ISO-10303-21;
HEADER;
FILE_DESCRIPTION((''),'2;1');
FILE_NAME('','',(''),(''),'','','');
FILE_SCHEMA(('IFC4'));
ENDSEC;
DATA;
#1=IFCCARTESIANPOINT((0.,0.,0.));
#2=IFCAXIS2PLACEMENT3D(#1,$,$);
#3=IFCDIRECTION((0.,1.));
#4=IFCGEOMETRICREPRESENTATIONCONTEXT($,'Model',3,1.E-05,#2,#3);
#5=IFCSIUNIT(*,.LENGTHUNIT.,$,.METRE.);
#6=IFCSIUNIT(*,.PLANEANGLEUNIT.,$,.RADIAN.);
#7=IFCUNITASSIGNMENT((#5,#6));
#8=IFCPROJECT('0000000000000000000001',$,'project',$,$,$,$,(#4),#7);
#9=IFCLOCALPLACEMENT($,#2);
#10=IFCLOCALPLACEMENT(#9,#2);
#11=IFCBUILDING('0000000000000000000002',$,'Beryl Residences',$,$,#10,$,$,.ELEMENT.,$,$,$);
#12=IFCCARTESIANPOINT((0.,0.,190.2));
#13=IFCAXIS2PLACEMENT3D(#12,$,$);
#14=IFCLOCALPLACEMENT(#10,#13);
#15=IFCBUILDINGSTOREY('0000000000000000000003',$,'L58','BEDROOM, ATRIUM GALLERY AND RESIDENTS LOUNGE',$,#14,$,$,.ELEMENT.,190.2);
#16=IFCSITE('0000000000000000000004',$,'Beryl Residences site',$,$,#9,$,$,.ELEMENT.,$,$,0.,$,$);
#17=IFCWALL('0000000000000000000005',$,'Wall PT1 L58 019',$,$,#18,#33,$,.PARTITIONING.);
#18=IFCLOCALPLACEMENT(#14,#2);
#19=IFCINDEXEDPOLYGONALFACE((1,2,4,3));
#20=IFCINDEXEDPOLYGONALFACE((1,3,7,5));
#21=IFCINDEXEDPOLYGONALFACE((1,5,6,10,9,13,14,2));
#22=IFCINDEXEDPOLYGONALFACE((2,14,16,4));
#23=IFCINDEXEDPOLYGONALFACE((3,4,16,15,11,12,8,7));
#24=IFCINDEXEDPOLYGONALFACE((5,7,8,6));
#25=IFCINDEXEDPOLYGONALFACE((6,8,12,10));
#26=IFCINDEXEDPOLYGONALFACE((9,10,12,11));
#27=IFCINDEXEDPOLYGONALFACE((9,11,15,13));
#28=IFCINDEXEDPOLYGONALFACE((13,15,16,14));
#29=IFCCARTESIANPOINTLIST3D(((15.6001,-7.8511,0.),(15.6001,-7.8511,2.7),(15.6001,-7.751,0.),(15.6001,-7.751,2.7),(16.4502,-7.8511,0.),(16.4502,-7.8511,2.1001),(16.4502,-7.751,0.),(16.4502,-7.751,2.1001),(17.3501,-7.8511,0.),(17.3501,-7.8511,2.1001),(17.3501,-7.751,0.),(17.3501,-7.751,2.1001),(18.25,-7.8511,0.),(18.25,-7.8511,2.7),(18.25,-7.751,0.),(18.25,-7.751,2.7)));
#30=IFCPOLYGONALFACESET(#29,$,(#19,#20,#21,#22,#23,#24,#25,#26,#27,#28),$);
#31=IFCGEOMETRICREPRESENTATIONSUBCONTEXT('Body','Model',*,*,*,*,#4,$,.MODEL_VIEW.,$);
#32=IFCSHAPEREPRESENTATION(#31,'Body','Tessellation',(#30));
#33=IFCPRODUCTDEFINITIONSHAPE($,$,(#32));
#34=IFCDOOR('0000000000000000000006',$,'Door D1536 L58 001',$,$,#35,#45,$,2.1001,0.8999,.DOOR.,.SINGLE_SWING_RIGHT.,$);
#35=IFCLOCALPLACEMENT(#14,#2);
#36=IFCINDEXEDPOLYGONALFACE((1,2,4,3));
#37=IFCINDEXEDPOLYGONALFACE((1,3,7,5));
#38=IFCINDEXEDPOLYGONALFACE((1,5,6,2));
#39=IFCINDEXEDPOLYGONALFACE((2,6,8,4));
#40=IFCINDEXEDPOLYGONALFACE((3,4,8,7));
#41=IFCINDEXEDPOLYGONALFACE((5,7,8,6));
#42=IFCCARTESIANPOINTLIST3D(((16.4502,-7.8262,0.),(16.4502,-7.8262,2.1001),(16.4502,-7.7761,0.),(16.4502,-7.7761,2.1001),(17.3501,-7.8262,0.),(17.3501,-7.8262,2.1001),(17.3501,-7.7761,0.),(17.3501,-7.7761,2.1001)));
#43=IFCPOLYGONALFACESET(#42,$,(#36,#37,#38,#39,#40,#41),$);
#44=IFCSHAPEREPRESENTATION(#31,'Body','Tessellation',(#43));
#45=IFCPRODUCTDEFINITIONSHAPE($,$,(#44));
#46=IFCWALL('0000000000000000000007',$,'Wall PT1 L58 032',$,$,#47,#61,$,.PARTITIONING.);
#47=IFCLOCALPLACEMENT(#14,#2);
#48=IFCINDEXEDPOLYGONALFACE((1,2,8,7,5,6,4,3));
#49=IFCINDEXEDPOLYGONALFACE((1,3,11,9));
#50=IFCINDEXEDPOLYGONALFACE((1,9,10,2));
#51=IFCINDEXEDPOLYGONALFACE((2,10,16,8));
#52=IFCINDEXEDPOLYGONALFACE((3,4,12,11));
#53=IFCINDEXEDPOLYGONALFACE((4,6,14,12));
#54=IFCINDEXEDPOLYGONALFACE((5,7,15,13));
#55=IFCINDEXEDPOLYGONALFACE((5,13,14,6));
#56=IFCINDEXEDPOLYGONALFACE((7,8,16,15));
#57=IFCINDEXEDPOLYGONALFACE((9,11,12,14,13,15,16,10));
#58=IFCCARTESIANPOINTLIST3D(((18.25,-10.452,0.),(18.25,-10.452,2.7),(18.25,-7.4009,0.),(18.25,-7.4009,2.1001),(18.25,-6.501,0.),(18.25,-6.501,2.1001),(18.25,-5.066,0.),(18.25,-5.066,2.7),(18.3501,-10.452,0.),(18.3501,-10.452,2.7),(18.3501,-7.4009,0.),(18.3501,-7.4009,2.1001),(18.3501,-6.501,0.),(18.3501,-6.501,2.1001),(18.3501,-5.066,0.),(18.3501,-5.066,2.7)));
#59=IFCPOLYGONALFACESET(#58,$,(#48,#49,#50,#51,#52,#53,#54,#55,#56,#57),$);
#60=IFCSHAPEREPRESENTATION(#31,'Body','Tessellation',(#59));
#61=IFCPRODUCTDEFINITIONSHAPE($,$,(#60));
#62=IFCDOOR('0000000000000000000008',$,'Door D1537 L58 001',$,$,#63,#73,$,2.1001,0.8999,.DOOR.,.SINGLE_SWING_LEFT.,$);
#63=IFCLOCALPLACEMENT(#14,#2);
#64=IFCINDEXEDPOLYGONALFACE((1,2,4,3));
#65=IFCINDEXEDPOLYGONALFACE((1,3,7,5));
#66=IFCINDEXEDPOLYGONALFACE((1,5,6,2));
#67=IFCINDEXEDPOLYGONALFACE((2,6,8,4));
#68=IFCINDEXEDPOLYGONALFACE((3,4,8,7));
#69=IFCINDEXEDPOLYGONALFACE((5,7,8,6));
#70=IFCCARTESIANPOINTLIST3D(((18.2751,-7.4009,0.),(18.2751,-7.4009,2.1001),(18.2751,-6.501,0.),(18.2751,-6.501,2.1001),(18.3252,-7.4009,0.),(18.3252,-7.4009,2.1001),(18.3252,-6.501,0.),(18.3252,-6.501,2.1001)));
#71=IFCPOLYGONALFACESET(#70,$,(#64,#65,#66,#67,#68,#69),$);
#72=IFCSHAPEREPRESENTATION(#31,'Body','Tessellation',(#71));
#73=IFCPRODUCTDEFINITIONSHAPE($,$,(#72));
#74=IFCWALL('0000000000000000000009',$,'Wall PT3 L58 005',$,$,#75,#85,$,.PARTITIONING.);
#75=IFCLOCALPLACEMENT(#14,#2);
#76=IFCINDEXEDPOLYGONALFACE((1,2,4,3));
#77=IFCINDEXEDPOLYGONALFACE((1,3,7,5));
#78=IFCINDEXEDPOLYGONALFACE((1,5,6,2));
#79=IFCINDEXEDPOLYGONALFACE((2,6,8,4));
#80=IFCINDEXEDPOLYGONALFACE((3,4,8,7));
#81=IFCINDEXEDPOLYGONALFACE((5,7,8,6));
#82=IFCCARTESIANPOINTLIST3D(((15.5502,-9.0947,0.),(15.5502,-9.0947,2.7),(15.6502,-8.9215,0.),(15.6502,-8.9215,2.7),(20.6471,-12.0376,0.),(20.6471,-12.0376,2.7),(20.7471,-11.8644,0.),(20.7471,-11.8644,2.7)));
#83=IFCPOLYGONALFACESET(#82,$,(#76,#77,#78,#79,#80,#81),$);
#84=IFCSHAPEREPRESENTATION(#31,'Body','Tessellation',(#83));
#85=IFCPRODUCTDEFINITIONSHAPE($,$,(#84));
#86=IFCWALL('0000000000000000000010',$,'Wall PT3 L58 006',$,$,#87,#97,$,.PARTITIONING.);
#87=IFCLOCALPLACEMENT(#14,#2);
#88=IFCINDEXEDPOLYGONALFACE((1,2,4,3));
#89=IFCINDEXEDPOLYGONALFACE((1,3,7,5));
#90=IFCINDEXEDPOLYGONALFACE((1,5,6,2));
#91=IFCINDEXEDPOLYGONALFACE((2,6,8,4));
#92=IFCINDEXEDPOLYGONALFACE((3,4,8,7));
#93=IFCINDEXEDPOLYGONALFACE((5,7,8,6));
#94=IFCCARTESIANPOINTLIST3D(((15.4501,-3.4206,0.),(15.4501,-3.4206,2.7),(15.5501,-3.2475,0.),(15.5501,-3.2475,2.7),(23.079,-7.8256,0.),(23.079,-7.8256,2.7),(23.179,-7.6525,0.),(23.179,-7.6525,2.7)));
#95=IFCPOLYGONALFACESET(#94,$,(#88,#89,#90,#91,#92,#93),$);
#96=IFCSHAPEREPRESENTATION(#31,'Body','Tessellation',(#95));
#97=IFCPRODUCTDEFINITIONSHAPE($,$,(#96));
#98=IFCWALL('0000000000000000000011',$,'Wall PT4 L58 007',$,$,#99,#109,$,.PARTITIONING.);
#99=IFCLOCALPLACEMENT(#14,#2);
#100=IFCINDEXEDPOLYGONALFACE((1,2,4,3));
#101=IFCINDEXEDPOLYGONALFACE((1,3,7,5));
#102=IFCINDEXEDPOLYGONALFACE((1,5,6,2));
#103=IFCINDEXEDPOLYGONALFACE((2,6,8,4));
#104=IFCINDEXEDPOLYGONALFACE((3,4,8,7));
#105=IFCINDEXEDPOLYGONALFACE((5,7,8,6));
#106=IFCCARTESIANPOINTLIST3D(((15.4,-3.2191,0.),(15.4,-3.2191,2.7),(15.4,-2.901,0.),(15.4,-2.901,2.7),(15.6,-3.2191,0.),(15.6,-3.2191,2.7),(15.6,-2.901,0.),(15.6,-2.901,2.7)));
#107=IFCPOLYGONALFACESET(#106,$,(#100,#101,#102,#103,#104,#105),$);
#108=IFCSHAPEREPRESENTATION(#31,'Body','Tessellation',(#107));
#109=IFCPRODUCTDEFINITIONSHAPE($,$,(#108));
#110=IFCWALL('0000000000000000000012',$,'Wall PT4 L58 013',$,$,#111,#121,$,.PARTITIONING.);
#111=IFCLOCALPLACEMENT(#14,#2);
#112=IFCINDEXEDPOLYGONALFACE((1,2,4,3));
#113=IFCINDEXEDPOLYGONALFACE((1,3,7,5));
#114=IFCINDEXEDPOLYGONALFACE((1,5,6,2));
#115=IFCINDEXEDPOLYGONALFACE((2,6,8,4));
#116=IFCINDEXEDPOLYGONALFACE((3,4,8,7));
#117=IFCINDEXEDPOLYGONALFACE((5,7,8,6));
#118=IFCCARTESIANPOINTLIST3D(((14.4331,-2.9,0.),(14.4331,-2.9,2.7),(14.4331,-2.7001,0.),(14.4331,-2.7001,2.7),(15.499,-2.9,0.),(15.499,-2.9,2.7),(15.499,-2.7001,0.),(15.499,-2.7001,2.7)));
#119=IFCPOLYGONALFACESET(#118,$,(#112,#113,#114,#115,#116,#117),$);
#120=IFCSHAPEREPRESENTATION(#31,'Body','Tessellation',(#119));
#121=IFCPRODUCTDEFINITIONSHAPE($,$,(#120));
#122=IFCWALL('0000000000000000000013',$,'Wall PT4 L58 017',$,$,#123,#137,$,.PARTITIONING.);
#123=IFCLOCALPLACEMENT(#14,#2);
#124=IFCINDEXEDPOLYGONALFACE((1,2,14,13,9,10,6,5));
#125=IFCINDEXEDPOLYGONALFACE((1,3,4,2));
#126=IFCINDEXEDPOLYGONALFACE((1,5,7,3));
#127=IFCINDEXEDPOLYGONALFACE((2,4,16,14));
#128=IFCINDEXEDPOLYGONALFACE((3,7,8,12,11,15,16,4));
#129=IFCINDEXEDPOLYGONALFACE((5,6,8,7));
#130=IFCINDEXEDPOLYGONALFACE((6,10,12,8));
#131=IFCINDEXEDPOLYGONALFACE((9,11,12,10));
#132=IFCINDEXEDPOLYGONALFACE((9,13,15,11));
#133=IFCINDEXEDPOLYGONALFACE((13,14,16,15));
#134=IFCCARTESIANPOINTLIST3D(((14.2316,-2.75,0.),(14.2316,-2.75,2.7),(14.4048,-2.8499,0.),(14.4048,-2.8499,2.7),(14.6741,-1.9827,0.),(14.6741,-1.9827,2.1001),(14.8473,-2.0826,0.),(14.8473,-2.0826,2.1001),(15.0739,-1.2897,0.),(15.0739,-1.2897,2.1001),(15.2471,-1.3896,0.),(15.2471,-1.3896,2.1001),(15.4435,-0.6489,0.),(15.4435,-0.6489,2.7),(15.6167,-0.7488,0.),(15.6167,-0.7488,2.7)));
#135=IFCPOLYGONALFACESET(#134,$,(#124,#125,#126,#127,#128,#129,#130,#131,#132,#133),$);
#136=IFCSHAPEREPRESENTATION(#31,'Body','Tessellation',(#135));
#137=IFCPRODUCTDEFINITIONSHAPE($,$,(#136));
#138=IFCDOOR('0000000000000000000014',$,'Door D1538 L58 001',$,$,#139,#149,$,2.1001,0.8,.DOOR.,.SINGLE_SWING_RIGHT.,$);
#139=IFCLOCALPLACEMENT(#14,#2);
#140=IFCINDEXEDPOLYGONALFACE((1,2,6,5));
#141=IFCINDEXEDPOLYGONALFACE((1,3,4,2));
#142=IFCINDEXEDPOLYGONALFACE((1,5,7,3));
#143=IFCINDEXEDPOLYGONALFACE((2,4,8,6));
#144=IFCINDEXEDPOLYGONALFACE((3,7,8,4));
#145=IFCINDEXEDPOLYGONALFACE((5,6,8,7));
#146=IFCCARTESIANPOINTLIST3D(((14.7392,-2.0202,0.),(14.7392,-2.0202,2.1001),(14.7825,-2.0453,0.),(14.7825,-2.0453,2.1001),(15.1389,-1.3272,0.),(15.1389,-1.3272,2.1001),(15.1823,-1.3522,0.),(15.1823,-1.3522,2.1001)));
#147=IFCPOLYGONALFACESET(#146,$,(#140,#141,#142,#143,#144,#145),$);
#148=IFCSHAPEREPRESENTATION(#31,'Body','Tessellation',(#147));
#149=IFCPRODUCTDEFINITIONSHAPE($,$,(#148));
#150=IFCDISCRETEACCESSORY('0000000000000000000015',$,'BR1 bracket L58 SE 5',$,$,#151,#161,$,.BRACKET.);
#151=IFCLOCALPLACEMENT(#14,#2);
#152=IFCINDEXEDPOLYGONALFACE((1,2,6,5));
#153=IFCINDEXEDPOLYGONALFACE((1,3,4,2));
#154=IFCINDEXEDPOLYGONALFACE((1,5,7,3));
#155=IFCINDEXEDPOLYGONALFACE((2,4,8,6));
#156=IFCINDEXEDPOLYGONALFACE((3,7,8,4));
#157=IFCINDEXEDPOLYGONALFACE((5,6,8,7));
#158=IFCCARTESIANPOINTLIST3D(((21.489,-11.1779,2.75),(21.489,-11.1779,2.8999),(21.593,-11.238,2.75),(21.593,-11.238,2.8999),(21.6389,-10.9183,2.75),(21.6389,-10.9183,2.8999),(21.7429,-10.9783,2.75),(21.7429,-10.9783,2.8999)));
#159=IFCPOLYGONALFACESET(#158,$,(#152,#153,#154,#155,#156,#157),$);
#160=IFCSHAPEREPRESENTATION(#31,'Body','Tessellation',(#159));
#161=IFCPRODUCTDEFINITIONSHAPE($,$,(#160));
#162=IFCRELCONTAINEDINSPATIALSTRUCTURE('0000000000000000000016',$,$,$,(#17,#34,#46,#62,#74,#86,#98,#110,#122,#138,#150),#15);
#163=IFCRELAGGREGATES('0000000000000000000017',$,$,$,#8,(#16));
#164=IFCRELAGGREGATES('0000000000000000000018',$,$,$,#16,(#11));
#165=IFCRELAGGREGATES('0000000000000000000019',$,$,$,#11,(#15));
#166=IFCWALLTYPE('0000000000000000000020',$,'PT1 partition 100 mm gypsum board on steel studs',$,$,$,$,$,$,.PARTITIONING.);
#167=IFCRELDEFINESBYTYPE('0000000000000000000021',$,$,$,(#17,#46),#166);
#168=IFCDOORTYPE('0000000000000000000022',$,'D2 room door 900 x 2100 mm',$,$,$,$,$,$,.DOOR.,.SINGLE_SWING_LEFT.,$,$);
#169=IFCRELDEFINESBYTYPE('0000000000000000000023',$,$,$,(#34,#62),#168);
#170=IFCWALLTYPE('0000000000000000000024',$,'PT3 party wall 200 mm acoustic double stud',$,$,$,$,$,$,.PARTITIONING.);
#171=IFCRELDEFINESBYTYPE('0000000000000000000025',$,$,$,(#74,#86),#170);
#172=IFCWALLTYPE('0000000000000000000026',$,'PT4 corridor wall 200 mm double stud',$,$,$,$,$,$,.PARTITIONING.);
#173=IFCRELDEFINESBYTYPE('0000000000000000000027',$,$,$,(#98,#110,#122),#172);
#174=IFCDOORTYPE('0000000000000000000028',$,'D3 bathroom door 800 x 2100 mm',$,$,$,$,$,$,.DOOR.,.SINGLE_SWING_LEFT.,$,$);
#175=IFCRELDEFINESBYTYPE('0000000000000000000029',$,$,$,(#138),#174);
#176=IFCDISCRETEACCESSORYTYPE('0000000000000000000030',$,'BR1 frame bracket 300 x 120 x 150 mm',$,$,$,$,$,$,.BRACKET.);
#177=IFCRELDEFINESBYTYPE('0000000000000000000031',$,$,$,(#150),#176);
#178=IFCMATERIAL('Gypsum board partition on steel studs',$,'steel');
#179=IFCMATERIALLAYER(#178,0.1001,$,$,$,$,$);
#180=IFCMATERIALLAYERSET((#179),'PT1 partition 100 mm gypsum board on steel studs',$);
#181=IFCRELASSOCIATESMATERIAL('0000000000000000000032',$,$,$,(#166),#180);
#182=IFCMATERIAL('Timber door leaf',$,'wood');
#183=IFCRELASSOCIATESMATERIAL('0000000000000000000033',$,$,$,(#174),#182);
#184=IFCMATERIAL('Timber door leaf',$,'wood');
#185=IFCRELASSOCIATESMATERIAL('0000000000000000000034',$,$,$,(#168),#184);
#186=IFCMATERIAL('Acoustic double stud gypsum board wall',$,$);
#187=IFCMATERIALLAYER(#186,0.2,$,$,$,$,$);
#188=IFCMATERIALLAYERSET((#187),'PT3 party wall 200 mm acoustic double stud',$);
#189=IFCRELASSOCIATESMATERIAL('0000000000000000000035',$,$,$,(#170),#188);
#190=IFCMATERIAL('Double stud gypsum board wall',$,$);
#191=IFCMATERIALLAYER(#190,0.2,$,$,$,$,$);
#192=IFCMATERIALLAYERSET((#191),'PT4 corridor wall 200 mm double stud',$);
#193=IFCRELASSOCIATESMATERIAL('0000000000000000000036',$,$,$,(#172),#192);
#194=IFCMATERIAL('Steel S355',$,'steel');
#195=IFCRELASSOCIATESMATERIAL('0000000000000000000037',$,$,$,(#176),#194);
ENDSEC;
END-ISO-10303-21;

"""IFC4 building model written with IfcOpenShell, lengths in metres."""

from ifc_helpers import new_model, si_unit, direction, frame, frame_2d, origin, place, context, subcontext, project, spatial, polyline, rectangle, outline, extrude, source, transform, mapped, material, layer, layer_set, type_object, type_shapes, element, fill, save


model = new_model("IFC4")

# Units and contexts
model_context = context("Model", 3, precision=1e-05, world=origin(), true_north=direction((0.0, 1.0)))
body_context = subcontext(model_context, "Body", "Model", "MODEL_VIEW")
ifc_project = project(units=[si_unit("LENGTHUNIT", "METRE"), si_unit("PLANEANGLEUNIT", "RADIAN")], contexts=[model_context])

# Site, building, storey
site_placement = place(None, origin())
site = spatial("IfcSite", under=ifc_project, at=site_placement, Name="Beryl Residences site", CompositionType="ELEMENT", RefElevation=0.0)
building_placement = place(site_placement, origin())
building = spatial("IfcBuilding", under=site, at=building_placement, Name="Beryl Residences", CompositionType="ELEMENT")
storey_placement = place(building_placement, frame((0.0, 0.0, 190.2)))
storey = spatial("IfcBuildingStorey", under=building, at=storey_placement, Name="L58", Description="BEDROOM, ATRIUM GALLERY AND RESIDENTS LOUNGE", CompositionType="ELEMENT", Elevation=190.2)

# Walls, openings, doors
ifc_material_1 = material(Name="Gypsum board partition on steel studs", Category="steel")
ifc_layer_1 = layer(ifc_material_1, 0.1001)
ifc_layer_set_1 = layer_set([ifc_layer_1], Name="PT1 partition 100 mm gypsum board on steel studs")
wall_type_1 = type_object("IfcWallType", Name="PT1 partition 100 mm gypsum board on steel studs", PredefinedType="PARTITIONING", material=ifc_layer_set_1)
ifc_material_2 = material(Name="Timber door leaf", Category="wood")
door_type_1 = type_object("IfcDoorType", Name="D3 bathroom door 800 x 2100 mm", OperationType="SINGLE_SWING_LEFT", PredefinedType="DOOR", material=ifc_material_2)
wall_1_placement = place(storey_placement, frame((15.6001, -7.801, 0.0), z_axis=(0.0, 0.0, 1.0), x_axis=(1.0, 0.0, 0.0)))
wall_1 = element("IfcWall", 1, at=wall_1_placement, inside=storey, type_object=wall_type_1, Name="Wall PT1 L58 019", PredefinedType="PARTITIONING", context=body_context, shape_type="SweptSolid", body=[
    extrude(rectangle(XDim=2.6499, YDim=0.1001, at=frame_2d((1.325, 0.0))), origin(), (0.0, 0.0, 1.0), 2.7),
])
opening_1_placement = place(wall_1_placement, frame((0.8501, 0.0, 0.0)))
opening_1 = element("IfcOpeningElement", 2, at=opening_1_placement, cuts=wall_1, PredefinedType="OPENING", context=body_context, shape_type="SweptSolid", body=[
    extrude(rectangle(XDim=0.8999, YDim=2.1001, at=frame_2d((0.45, 1.05))), frame((0.0, 0.0601, 0.0), z_axis=(0.0, -1.0, 0.0), x_axis=(1.0, 0.0, 0.0)), (0.0, 0.0, 1.0), 0.1201),
])
ifc_material_3 = material(Name="Timber door leaf", Category="wood")
door_type_2 = type_object("IfcDoorType", Name="D2 room door 900 x 2100 mm", OperationType="SINGLE_SWING_LEFT", PredefinedType="DOOR", material=ifc_material_3)
door_1_placement = place(opening_1_placement, origin())
door_1 = element("IfcDoor", 3, at=door_1_placement, inside=storey, type_object=door_type_2, Name="Door D1536 L58 001", OperationType="SINGLE_SWING_RIGHT", OverallHeight=2.1001, OverallWidth=0.8999, PredefinedType="DOOR", context=body_context, shape_type="SweptSolid", body=[
    extrude(rectangle(XDim=0.8999, YDim=2.1001, at=frame_2d((0.45, 1.05))), frame((0.0, 0.0249, 0.0), z_axis=(0.0, -1.0, 0.0), x_axis=(1.0, 0.0, 0.0)), (0.0, 0.0, 1.0), 0.05),
])
fill(opening_1, door_1)
wall_2_placement = place(storey_placement, frame((18.3, -10.4519, 0.0), z_axis=(0.0, 0.0, 1.0), x_axis=(0.0, 1.0, 0.0)))
wall_2 = element("IfcWall", 4, at=wall_2_placement, inside=storey, type_object=wall_type_1, Name="Wall PT1 L58 032", PredefinedType="PARTITIONING", context=body_context, shape_type="SweptSolid", body=[
    extrude(rectangle(XDim=5.386, YDim=0.1001, at=frame_2d((2.6929, 0.0))), origin(), (0.0, 0.0, 1.0), 2.7),
])
opening_2_placement = place(wall_2_placement, frame((3.051, 0.0, 0.0)))
opening_2 = element("IfcOpeningElement", 5, at=opening_2_placement, cuts=wall_2, PredefinedType="OPENING", context=body_context, shape_type="SweptSolid", body=[
    extrude(rectangle(XDim=0.8999, YDim=2.1001, at=frame_2d((0.45, 1.05))), frame((0.0, 0.0601, 0.0), z_axis=(0.0, -1.0, 0.0), x_axis=(1.0, 0.0, 0.0)), (0.0, 0.0, 1.0), 0.1201),
])
door_2_placement = place(opening_2_placement, origin())
door_2 = element("IfcDoor", 6, at=door_2_placement, inside=storey, type_object=door_type_2, Name="Door D1537 L58 001", OperationType="SINGLE_SWING_LEFT", OverallHeight=2.1001, OverallWidth=0.8999, PredefinedType="DOOR", context=body_context, shape_type="SweptSolid", body=[
    extrude(rectangle(XDim=0.8999, YDim=2.1001, at=frame_2d((0.45, 1.05))), frame((0.0, 0.0249, 0.0), z_axis=(0.0, -1.0, 0.0), x_axis=(1.0, 0.0, 0.0)), (0.0, 0.0, 1.0), 0.05),
])
fill(opening_2, door_2)

# Walls
ifc_material_4 = material(Name="Acoustic double stud gypsum board wall")
ifc_layer_2 = layer(ifc_material_4, 0.2)
ifc_layer_set_2 = layer_set([ifc_layer_2], Name="PT3 party wall 200 mm acoustic double stud")
wall_type_2 = type_object("IfcWallType", Name="PT3 party wall 200 mm acoustic double stud", PredefinedType="PARTITIONING", material=ifc_layer_set_2)
wall_3_placement = place(storey_placement, frame((15.6001, -9.0081, 0.0), z_axis=(0.0, 0.0, 1.0), x_axis=(0.866014, -0.50002, 0.0)))
element("IfcWall", 7, at=wall_3_placement, inside=storey, type_object=wall_type_2, Name="Wall PT3 L58 005", PredefinedType="PARTITIONING", context=body_context, shape_type="SweptSolid", body=[
    extrude(rectangle(XDim=5.8855, YDim=0.2, at=frame_2d((2.9429, 0.0))), origin(), (0.0, 0.0, 1.0), 2.7),
])
wall_4_placement = place(storey_placement, frame((15.5, -3.334, 0.0), z_axis=(0.0, 0.0, 1.0), x_axis=(0.866002, -0.500041, 0.0)))
element("IfcWall", 8, at=wall_4_placement, inside=storey, type_object=wall_type_2, Name="Wall PT3 L58 006", PredefinedType="PARTITIONING", context=body_context, shape_type="SweptSolid", body=[
    extrude(rectangle(XDim=8.8093, YDim=0.2, at=frame_2d((4.4048, 0.0))), origin(), (0.0, 0.0, 1.0), 2.7),
])
ifc_material_5 = material(Name="Double stud gypsum board wall")
ifc_layer_3 = layer(ifc_material_5, 0.2)
ifc_layer_set_3 = layer_set([ifc_layer_3], Name="PT4 corridor wall 200 mm double stud")
wall_type_3 = type_object("IfcWallType", Name="PT4 corridor wall 200 mm double stud", PredefinedType="PARTITIONING", material=ifc_layer_set_3)
wall_5_placement = place(storey_placement, frame((15.5, -2.9009, 0.0), z_axis=(0.0, 0.0, 1.0), x_axis=(0.0, -1.0, 0.0)))
element("IfcWall", 9, at=wall_5_placement, inside=storey, type_object=wall_type_3, Name="Wall PT4 L58 007", PredefinedType="PARTITIONING", context=body_context, shape_type="SweptSolid", body=[
    extrude(rectangle(XDim=0.3181, YDim=0.2, at=frame_2d((0.1592, 0.0))), origin(), (0.0, 0.0, 1.0), 2.7),
])
wall_6_placement = place(storey_placement, frame((14.4331, -2.8, 0.0), z_axis=(0.0, 0.0, 1.0), x_axis=(1.0, 0.0, 0.0)))
element("IfcWall", 10, at=wall_6_placement, inside=storey, type_object=wall_type_3, Name="Wall PT4 L58 013", PredefinedType="PARTITIONING", context=body_context, shape_type="SweptSolid", body=[
    extrude(rectangle(XDim=1.0659, YDim=0.2, at=frame_2d((0.533, 0.0))), origin(), (0.0, 0.0, 1.0), 2.7),
])

# Wall, opening, door
wall_7_placement = place(storey_placement, frame((14.3181, -2.8, 0.0), z_axis=(0.0, 0.0, 1.0), x_axis=(0.499647, 0.866229, 0.0)))
wall_7 = element("IfcWall", 11, at=wall_7_placement, inside=storey, type_object=wall_type_3, Name="Wall PT4 L58 017", PredefinedType="PARTITIONING", context=body_context, shape_type="SweptSolid", body=[
    extrude(rectangle(XDim=2.4255, YDim=0.2, at=frame_2d((1.2129, 0.0))), origin(), (0.0, 0.0, 1.0), 2.7),
])
opening_3_placement = place(wall_7_placement, frame((0.886, 0.0, 0.0)))
opening_3 = element("IfcOpeningElement", 12, at=opening_3_placement, cuts=wall_7, PredefinedType="OPENING", context=body_context, shape_type="SweptSolid", body=[
    extrude(rectangle(XDim=0.8, YDim=2.1001, at=frame_2d((0.3999, 1.05))), frame((0.0, 0.1099, 0.0), z_axis=(0.0, -1.0, 0.0), x_axis=(1.0, 0.0, 0.0)), (0.0, 0.0, 1.0), 0.22),
])
door_3_placement = place(opening_3_placement, origin())
door_3 = element("IfcDoor", 13, at=door_3_placement, inside=storey, type_object=door_type_1, Name="Door D1538 L58 001", OperationType="SINGLE_SWING_RIGHT", OverallHeight=2.1001, OverallWidth=0.8, PredefinedType="DOOR", context=body_context, shape_type="SweptSolid", body=[
    extrude(rectangle(XDim=0.8, YDim=2.1001, at=frame_2d((0.3999, 1.05))), frame((0.0, 0.0249, 0.0), z_axis=(0.0, -1.0, 0.0), x_axis=(1.0, 0.0, 0.0)), (0.0, 0.0, 1.0), 0.05),
])
fill(opening_3, door_3)

# Discrete accessory
ifc_material_6 = material(Name="Steel S355", Category="steel")
discrete_accessory_type = type_object("IfcDiscreteAccessoryType", Name="BR1 frame bracket 300 x 120 x 150 mm", PredefinedType="BRACKET", material=ifc_material_6)
shared_shape_1 = source(origin(), body_context, "Body", "SweptSolid", [
    extrude(outline(polyline([(-0.1499, 0.0), (0.1499, 0.0), (0.1499, 0.1201), (-0.1499, 0.1201), (-0.1499, 0.0)])), origin(), (0.0, 0.0, 1.0), 0.1499),
])
type_shapes(discrete_accessory_type, [shared_shape_1])
discrete_accessory_placement = place(storey_placement, frame((21.564, -11.0481, 2.75), z_axis=(0.0, 0.0, 1.0), x_axis=(-0.5, -0.866025, 0.0)))
element("IfcDiscreteAccessory", 14, at=discrete_accessory_placement, inside=storey, type_object=discrete_accessory_type, Name="BR1 bracket L58 SE 5", PredefinedType="BRACKET", context=body_context, shape_type="MappedRepresentation", body=[
    mapped(shared_shape_1, transform((0.0, 0.0, 0.0))),
])

save(model, "model.ifc")
